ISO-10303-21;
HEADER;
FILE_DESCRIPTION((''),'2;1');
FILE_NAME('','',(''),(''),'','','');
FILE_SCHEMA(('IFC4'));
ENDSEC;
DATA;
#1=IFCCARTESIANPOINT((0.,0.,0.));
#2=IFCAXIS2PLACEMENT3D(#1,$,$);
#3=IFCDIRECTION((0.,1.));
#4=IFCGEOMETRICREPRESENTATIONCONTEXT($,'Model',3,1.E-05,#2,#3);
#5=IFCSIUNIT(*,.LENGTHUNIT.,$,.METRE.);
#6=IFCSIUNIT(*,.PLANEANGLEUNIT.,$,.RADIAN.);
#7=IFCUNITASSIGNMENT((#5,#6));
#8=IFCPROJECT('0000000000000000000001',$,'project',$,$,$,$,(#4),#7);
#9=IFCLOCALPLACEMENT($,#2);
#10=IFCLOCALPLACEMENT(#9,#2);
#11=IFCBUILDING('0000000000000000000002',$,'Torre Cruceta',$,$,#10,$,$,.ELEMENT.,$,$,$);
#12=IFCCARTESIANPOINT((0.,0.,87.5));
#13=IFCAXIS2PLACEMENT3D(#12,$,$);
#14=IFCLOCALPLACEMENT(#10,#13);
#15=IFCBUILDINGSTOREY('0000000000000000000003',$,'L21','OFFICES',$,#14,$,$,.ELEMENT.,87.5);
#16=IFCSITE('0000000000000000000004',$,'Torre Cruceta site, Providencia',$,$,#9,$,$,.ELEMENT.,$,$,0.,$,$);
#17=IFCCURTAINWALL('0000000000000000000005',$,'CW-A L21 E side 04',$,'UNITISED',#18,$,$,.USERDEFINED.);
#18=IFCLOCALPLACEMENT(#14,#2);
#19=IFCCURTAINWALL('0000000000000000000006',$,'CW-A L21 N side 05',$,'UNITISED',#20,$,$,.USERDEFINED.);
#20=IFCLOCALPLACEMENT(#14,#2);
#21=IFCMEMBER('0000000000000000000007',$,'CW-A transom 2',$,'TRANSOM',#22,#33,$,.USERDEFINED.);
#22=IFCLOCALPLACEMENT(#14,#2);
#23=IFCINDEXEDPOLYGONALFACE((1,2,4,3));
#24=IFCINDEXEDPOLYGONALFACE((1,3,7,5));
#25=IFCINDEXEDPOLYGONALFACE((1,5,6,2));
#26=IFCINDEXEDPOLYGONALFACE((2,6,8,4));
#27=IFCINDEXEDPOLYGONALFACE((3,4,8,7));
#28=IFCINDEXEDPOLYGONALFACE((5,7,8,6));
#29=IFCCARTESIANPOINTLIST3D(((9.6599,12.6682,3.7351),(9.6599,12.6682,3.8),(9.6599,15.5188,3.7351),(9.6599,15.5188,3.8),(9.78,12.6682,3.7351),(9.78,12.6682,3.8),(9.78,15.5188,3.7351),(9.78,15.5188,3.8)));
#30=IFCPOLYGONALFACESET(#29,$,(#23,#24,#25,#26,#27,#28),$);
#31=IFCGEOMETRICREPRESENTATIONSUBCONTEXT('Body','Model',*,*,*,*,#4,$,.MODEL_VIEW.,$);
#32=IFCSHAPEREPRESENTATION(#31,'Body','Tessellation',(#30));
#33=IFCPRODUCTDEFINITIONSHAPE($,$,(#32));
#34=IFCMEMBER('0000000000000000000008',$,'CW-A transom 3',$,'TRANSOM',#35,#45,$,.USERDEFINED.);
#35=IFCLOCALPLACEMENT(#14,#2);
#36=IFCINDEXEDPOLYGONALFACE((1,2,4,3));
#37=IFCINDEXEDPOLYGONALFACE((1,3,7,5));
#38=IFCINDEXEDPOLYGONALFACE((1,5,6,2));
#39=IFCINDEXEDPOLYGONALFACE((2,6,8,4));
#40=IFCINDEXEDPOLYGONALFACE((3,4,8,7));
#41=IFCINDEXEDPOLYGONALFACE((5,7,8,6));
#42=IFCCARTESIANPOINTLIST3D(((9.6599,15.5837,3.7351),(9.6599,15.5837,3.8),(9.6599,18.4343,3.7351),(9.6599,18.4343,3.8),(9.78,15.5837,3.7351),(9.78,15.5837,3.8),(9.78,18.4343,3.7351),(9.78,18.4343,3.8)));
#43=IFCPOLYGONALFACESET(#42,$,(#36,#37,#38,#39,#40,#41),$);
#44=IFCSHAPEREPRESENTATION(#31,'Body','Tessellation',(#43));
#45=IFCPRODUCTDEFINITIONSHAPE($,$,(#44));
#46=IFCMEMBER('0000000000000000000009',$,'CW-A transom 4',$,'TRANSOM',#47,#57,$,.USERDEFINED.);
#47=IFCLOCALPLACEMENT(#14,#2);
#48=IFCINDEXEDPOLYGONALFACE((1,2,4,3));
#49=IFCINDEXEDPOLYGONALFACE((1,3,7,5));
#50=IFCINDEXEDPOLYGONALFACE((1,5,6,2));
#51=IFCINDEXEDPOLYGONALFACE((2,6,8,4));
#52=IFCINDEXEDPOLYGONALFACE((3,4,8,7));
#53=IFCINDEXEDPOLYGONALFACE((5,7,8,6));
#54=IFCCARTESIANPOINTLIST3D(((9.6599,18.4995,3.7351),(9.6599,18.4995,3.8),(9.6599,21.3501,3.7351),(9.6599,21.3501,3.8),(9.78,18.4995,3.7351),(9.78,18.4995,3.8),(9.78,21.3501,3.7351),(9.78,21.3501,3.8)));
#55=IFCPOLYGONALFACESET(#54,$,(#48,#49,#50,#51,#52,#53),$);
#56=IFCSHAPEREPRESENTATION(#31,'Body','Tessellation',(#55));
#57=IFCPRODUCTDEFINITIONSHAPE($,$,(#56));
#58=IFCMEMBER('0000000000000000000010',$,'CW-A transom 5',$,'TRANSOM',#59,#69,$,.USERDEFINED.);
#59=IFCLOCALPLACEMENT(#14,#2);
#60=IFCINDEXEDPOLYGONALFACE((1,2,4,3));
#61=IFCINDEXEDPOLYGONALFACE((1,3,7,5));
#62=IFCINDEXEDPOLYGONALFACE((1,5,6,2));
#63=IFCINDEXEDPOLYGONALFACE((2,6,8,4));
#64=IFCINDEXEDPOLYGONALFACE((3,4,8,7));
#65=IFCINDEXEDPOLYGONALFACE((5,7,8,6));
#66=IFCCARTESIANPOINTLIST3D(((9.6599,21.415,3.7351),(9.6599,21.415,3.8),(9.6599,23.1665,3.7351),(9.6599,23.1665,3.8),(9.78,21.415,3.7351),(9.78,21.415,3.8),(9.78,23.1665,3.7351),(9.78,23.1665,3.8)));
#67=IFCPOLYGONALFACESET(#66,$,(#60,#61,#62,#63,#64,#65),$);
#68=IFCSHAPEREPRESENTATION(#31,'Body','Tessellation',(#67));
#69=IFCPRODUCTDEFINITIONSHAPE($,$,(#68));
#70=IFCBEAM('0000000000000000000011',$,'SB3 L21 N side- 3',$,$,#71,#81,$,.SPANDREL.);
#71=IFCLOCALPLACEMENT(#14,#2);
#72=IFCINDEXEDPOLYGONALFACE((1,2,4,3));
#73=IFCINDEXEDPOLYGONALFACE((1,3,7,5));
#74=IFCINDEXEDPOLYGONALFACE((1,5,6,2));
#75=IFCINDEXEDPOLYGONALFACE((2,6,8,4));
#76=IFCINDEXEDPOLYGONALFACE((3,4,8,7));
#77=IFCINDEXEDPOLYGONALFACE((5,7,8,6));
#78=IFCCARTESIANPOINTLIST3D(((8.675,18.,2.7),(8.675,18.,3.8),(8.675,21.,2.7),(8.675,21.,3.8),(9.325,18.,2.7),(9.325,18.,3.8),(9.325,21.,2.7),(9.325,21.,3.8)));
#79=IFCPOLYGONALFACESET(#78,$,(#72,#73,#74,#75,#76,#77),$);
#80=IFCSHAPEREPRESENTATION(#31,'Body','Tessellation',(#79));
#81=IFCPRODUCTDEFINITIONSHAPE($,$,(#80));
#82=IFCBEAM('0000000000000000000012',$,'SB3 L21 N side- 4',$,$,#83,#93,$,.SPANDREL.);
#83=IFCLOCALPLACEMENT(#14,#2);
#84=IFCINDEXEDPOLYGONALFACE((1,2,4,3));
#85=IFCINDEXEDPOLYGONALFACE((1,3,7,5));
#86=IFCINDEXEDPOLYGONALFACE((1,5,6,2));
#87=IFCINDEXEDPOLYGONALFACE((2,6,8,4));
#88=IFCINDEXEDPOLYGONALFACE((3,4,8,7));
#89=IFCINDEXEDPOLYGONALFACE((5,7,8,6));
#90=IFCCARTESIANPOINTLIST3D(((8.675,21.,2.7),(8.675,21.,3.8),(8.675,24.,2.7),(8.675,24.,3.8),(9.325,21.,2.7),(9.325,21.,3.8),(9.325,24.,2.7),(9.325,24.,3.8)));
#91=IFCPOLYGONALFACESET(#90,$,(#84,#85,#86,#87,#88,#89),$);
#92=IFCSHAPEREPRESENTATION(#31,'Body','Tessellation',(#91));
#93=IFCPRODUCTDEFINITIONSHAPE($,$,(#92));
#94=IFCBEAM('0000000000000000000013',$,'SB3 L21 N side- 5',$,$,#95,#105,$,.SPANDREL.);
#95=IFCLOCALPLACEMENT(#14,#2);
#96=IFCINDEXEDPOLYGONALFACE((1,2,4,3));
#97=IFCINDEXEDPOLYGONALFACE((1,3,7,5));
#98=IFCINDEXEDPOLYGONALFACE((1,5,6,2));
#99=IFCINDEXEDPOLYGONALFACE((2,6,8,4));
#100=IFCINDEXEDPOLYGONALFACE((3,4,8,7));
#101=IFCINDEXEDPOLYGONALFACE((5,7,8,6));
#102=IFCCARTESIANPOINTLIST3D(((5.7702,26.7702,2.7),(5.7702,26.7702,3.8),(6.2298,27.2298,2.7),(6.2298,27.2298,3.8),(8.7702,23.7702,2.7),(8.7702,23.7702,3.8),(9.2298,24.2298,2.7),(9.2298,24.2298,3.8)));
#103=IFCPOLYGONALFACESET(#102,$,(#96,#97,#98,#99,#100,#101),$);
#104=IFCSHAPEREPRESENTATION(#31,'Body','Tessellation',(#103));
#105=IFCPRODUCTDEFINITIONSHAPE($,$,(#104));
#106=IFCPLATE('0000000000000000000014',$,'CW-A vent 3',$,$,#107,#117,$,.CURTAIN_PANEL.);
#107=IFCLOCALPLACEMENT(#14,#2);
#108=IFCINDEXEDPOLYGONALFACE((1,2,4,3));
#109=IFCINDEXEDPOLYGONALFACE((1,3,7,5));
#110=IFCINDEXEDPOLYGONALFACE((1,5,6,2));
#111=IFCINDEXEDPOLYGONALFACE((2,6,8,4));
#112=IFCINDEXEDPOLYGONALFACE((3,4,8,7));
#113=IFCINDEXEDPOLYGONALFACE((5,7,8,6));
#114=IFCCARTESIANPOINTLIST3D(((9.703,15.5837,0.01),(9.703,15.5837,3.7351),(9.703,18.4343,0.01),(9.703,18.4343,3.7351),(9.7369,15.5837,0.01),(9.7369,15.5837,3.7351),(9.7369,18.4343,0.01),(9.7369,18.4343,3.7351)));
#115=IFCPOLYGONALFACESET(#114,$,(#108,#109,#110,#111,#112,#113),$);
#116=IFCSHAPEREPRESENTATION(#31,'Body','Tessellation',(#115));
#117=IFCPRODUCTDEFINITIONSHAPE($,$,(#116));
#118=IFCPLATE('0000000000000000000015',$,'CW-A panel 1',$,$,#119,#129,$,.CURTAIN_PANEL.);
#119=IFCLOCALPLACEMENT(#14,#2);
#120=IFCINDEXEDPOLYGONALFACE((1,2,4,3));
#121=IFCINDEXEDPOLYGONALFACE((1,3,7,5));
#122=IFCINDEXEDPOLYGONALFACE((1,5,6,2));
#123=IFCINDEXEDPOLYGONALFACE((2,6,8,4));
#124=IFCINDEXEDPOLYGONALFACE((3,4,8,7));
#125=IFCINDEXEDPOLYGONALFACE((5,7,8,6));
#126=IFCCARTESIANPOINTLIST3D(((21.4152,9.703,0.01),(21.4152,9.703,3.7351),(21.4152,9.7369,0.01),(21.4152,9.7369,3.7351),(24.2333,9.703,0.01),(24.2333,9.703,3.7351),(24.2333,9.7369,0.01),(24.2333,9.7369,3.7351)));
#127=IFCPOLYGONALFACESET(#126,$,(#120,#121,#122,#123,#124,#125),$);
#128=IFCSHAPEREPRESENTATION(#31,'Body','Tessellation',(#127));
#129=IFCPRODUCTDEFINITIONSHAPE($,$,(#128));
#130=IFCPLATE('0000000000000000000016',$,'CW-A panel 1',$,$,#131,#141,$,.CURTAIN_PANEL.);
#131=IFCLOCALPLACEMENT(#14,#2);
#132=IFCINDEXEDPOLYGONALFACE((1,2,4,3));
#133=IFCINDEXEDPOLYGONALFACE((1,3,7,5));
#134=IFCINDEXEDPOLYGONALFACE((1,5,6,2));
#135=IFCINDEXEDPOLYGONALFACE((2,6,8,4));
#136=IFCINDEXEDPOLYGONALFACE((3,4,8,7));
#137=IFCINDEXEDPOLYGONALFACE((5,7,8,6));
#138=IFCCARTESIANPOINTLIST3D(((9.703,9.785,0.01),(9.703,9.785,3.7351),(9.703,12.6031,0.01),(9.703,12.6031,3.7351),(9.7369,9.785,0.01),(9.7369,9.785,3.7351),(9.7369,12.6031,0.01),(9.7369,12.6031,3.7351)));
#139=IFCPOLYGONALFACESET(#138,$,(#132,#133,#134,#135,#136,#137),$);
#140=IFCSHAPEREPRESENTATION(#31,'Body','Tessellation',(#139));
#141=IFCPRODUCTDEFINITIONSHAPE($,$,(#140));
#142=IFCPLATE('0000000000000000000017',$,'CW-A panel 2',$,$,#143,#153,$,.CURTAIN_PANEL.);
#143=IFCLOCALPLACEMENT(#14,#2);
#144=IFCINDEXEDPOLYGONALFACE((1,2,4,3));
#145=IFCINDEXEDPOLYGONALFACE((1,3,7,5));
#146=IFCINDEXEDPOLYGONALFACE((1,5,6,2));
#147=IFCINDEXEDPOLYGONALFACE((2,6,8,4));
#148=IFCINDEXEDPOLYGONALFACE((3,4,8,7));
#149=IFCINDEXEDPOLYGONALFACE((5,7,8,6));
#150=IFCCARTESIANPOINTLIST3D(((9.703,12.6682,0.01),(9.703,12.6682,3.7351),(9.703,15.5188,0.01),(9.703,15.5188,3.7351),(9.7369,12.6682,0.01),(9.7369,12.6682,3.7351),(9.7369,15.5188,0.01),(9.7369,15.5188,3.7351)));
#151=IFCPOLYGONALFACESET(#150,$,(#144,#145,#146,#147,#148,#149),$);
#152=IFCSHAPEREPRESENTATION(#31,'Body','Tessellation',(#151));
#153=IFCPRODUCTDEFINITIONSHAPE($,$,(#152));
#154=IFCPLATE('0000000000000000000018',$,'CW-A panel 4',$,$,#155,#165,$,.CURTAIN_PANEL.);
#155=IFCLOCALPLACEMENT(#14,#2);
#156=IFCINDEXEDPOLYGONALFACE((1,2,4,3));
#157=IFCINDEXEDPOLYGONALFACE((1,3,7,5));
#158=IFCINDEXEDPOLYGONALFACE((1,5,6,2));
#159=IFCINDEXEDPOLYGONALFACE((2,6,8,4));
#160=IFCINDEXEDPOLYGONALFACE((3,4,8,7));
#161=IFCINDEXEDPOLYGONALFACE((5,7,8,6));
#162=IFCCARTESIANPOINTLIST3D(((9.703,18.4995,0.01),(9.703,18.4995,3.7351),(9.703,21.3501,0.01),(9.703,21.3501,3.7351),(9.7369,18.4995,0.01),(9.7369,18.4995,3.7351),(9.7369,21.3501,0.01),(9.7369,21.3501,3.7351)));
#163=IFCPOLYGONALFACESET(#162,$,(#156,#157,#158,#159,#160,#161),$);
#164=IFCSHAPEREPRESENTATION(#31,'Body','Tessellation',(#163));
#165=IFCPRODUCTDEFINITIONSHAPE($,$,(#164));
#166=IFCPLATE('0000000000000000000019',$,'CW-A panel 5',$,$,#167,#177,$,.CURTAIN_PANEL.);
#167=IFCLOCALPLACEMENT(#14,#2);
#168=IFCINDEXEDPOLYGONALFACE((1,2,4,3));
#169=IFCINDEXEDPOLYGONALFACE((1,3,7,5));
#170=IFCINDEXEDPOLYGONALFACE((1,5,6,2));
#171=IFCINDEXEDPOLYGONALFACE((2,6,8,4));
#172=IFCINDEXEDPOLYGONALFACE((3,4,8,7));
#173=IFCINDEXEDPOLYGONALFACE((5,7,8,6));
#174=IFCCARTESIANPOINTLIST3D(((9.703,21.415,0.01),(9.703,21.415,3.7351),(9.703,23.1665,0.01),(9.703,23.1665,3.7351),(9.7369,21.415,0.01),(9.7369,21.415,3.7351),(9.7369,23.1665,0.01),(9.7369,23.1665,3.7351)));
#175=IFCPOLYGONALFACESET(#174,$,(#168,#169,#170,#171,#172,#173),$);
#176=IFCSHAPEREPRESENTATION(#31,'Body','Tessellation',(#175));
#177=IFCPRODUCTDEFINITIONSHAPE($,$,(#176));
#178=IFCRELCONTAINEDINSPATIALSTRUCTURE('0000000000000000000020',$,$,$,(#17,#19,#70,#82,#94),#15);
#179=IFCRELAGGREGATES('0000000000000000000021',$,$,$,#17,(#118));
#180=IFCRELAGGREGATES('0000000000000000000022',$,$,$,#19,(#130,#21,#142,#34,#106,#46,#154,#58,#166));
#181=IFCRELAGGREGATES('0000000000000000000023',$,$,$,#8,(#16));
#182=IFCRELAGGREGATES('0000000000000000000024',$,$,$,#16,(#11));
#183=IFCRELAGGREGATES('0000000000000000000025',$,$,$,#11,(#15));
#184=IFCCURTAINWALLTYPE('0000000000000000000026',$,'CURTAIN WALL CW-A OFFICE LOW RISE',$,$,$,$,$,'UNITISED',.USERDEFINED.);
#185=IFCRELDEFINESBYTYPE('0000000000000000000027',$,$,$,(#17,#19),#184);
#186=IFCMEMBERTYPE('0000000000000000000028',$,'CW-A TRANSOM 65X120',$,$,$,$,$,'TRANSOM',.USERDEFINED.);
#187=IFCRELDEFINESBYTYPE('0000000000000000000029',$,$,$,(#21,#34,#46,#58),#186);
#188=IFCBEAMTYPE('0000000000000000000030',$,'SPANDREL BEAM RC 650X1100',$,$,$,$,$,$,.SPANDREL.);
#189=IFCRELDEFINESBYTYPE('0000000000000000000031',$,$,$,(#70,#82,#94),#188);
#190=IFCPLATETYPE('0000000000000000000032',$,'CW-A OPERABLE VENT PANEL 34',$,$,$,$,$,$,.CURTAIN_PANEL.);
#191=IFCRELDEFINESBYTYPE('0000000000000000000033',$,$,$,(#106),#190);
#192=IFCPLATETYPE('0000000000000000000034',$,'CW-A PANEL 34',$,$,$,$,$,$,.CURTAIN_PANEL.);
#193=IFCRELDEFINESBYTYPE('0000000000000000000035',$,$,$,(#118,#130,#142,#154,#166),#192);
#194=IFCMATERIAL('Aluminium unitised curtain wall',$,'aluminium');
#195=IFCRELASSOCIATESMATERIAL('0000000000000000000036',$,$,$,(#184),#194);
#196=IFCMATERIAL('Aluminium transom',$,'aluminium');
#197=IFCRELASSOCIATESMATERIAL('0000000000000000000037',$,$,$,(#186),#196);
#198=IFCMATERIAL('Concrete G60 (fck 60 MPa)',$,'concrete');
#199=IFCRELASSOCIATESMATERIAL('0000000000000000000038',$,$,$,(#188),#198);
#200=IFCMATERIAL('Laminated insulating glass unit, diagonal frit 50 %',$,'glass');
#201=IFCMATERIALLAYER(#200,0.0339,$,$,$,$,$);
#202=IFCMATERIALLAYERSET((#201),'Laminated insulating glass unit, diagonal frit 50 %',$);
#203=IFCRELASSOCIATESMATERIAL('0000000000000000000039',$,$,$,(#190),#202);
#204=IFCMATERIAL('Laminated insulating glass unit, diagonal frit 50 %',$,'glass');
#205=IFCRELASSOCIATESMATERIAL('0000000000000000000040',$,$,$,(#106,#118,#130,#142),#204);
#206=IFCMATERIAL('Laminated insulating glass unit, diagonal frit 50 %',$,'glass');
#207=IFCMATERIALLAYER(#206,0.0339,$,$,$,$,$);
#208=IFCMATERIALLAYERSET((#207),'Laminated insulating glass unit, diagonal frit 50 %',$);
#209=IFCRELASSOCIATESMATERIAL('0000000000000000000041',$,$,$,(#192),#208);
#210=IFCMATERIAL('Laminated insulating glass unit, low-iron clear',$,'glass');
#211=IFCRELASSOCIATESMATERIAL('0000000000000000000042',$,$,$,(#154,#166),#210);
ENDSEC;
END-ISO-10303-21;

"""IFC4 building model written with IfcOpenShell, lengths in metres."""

from ifc_helpers import new_model, si_unit, direction, frame, origin, origin_2d, place, context, subcontext, project, spatial, rectangle, extrude, material, layer, layer_set, material_profile, profile_set, type_object, element, aggregate, save


model = new_model("IFC4")

# Units and contexts
model_context = context("Model", 3, precision=1e-05, world=origin(), true_north=direction((0.0, 1.0)))
body_context = subcontext(model_context, "Body", "Model", "MODEL_VIEW")
ifc_project = project(units=[si_unit("LENGTHUNIT", "METRE"), si_unit("PLANEANGLEUNIT", "RADIAN")], contexts=[model_context])

# Site, building, storey
site_placement = place(None, origin())
site = spatial("IfcSite", under=ifc_project, at=site_placement, Name="Torre Cruceta site, Providencia", CompositionType="ELEMENT", RefElevation=0.0)
building_placement = place(site_placement, origin())
building = spatial("IfcBuilding", under=site, at=building_placement, Name="Torre Cruceta", CompositionType="ELEMENT")
storey_placement = place(building_placement, frame((0.0, 0.0, 87.5)))
storey = spatial("IfcBuildingStorey", under=building, at=storey_placement, Name="L21", Description="OFFICES", CompositionType="ELEMENT", Elevation=87.5)

# Curtain walls
ifc_material_1 = material(Name="Aluminium unitised curtain wall", Category="aluminium")
curtain_wall_type = type_object("IfcCurtainWallType", Name="CURTAIN WALL CW-A OFFICE LOW RISE", ElementType="UNITISED", PredefinedType="USERDEFINED", material=ifc_material_1)
curtain_wall_1_placement = place(storey_placement, origin())
curtain_wall_1 = element("IfcCurtainWall", 1, at=curtain_wall_1_placement, inside=storey, type_object=curtain_wall_type, Name="CW-A L21 E side 04", ObjectType="UNITISED", PredefinedType="USERDEFINED")
curtain_wall_2_placement = place(storey_placement, origin())
curtain_wall_2 = element("IfcCurtainWall", 2, at=curtain_wall_2_placement, inside=storey, type_object=curtain_wall_type, Name="CW-A L21 N side 05", ObjectType="UNITISED", PredefinedType="USERDEFINED")

# Members
ifc_material_2 = material(Name="Aluminium transom", Category="aluminium")
ifc_material_profile_1 = material_profile(ifc_material_2, rectangle(XDim=0.1201, YDim=0.0649, at=origin_2d()), Name="AL 120X65")
ifc_profile_set_1 = profile_set([ifc_material_profile_1], Name="Aluminium transom")
member_type_1 = type_object("IfcMemberType", Name="CW-A TRANSOM 65X120", ElementType="TRANSOM", PredefinedType="USERDEFINED", material=ifc_profile_set_1)
member_1_placement = place(storey_placement, frame((9.72, 12.6682, 3.7676), z_axis=(0.0, 1.0, 0.0), x_axis=(-1.0, 0.0, 0.0)))
member_1 = element("IfcMember", 3, at=member_1_placement, type_object=member_type_1, Name="CW-A transom 2", ObjectType="TRANSOM", PredefinedType="USERDEFINED", context=body_context, shape_type="SweptSolid", body=[
    extrude(rectangle(XDim=0.1201, YDim=0.0649, at=origin_2d()), origin(), (0.0, 0.0, 1.0), 2.8506),
])
member_2_placement = place(storey_placement, frame((9.72, 15.5837, 3.7676), z_axis=(0.0, 1.0, 0.0), x_axis=(-1.0, 0.0, 0.0)))
member_2 = element("IfcMember", 4, at=member_2_placement, type_object=member_type_1, Name="CW-A transom 3", ObjectType="TRANSOM", PredefinedType="USERDEFINED", context=body_context, shape_type="SweptSolid", body=[
    extrude(rectangle(XDim=0.1201, YDim=0.0649, at=origin_2d()), origin(), (0.0, 0.0, 1.0), 2.8506),
])
member_3_placement = place(storey_placement, frame((9.72, 18.4995, 3.7676), z_axis=(0.0, 1.0, 0.0), x_axis=(-1.0, 0.0, 0.0)))
member_3 = element("IfcMember", 5, at=member_3_placement, type_object=member_type_1, Name="CW-A transom 4", ObjectType="TRANSOM", PredefinedType="USERDEFINED", context=body_context, shape_type="SweptSolid", body=[
    extrude(rectangle(XDim=0.1201, YDim=0.0649, at=origin_2d()), origin(), (0.0, 0.0, 1.0), 2.8506),
])
member_4_placement = place(storey_placement, frame((9.72, 21.415, 3.7676), z_axis=(0.0, 1.0, 0.0), x_axis=(-1.0, 0.0, 0.0)))
member_4 = element("IfcMember", 6, at=member_4_placement, type_object=member_type_1, Name="CW-A transom 5", ObjectType="TRANSOM", PredefinedType="USERDEFINED", context=body_context, shape_type="SweptSolid", body=[
    extrude(rectangle(XDim=0.1201, YDim=0.0649, at=origin_2d()), origin(), (0.0, 0.0, 1.0), 1.7515),
])

# Beams
ifc_material_3 = material(Name="Concrete G60 (fck 60 MPa)", Category="concrete")
ifc_material_profile_2 = material_profile(ifc_material_3, rectangle(XDim=0.6499, YDim=1.1001, at=origin_2d()), Name="RC 650X1100")
ifc_profile_set_2 = profile_set([ifc_material_profile_2], Name="Concrete G60 (fck 60 MPa)")
beam_type_1 = type_object("IfcBeamType", Name="SPANDREL BEAM RC 650X1100", PredefinedType="SPANDREL", material=ifc_profile_set_2)
for number, where, z_axis, x_axis, name in (
    (7, (9.0, 18.0, 3.25), (0.0, 1.0, 0.0), (-1.0, 0.0, 0.0), "SB3 L21 N side- 3"),
    (8, (9.0, 21.0, 3.25), (0.0, 1.0, 0.0), (-1.0, 0.0, 0.0), "SB3 L21 N side- 4"),
):
    element("IfcBeam", number, at=place(storey_placement, frame(where, z_axis=z_axis, x_axis=x_axis)), inside=storey, type_object=beam_type_1, Name=name, PredefinedType="SPANDREL", context=body_context, shape_type="SweptSolid", body=[
        extrude(rectangle(XDim=0.6499, YDim=1.1001, at=origin_2d()), origin(), (0.0, 0.0, 1.0), 3.0),
    ])
beam_placement = place(storey_placement, frame((9.0, 24.0, 3.25), z_axis=(-0.707107, 0.707107, 0.0), x_axis=(-0.707107, -0.707107, 0.0)))
element("IfcBeam", 9, at=beam_placement, inside=storey, type_object=beam_type_1, Name="SB3 L21 N side- 5", PredefinedType="SPANDREL", context=body_context, shape_type="SweptSolid", body=[
    extrude(rectangle(XDim=0.6499, YDim=1.1001, at=origin_2d()), origin(), (0.0, 0.0, 1.0), 4.2427),
])

# Plates
ifc_material_4 = material(Name="Laminated insulating glass unit, diagonal frit 50 %", Category="glass")
ifc_material_5 = material(Name="Laminated insulating glass unit, diagonal frit 50 %", Category="glass")
ifc_layer_1 = layer(ifc_material_5, 0.0339)
ifc_layer_set_1 = layer_set([ifc_layer_1], Name="Laminated insulating glass unit, diagonal frit 50 %")
plate_type_1 = type_object("IfcPlateType", Name="CW-A OPERABLE VENT PANEL 34", PredefinedType="CURTAIN_PANEL", material=ifc_layer_set_1)
plate_1_placement = place(storey_placement, frame((9.72, 17.009, 0.01), z_axis=(0.0, 0.0, 1.0), x_axis=(0.0, 1.0, 0.0)))
plate_1 = element("IfcPlate", 10, at=plate_1_placement, type_object=plate_type_1, material=ifc_material_4, Name="CW-A vent 3", PredefinedType="CURTAIN_PANEL", context=body_context, shape_type="SweptSolid", body=[
    extrude(rectangle(XDim=2.8506, YDim=0.0339, at=origin_2d()), origin(), (0.0, 0.0, 1.0), 3.7251),
])
ifc_material_6 = material(Name="Laminated insulating glass unit, diagonal frit 50 %", Category="glass")
ifc_layer_2 = layer(ifc_material_6, 0.0339)
ifc_layer_set_2 = layer_set([ifc_layer_2], Name="Laminated insulating glass unit, diagonal frit 50 %")
plate_type_2 = type_object("IfcPlateType", Name="CW-A PANEL 34", PredefinedType="CURTAIN_PANEL", material=ifc_layer_set_2)
plate_2_placement = place(storey_placement, frame((22.8242, 9.72, 0.01), z_axis=(0.0, 0.0, 1.0), x_axis=(-1.0, 0.0, 0.0)))
plate_2 = element("IfcPlate", 11, at=plate_2_placement, type_object=plate_type_2, material=ifc_material_4, Name="CW-A panel 1", PredefinedType="CURTAIN_PANEL", context=body_context, shape_type="SweptSolid", body=[
    extrude(rectangle(XDim=2.8181, YDim=0.0339, at=origin_2d()), origin(), (0.0, 0.0, 1.0), 3.7251),
])
aggregate(curtain_wall_1, [plate_2])
plate_3_placement = place(storey_placement, frame((9.72, 11.1941, 0.01), z_axis=(0.0, 0.0, 1.0), x_axis=(0.0, 1.0, 0.0)))
plate_3 = element("IfcPlate", 12, at=plate_3_placement, type_object=plate_type_2, material=ifc_material_4, Name="CW-A panel 1", PredefinedType="CURTAIN_PANEL", context=body_context, shape_type="SweptSolid", body=[
    extrude(rectangle(XDim=2.8181, YDim=0.0339, at=origin_2d()), origin(), (0.0, 0.0, 1.0), 3.7251),
])
plate_4_placement = place(storey_placement, frame((9.72, 14.0935, 0.01), z_axis=(0.0, 0.0, 1.0), x_axis=(0.0, 1.0, 0.0)))
plate_4 = element("IfcPlate", 13, at=plate_4_placement, type_object=plate_type_2, material=ifc_material_4, Name="CW-A panel 2", PredefinedType="CURTAIN_PANEL", context=body_context, shape_type="SweptSolid", body=[
    extrude(rectangle(XDim=2.8506, YDim=0.0339, at=origin_2d()), origin(), (0.0, 0.0, 1.0), 3.7251),
])
ifc_material_7 = material(Name="Laminated insulating glass unit, low-iron clear", Category="glass")
plate_5_placement = place(storey_placement, frame((9.72, 19.9248, 0.01), z_axis=(0.0, 0.0, 1.0), x_axis=(0.0, 1.0, 0.0)))
plate_5 = element("IfcPlate", 14, at=plate_5_placement, type_object=plate_type_2, material=ifc_material_7, Name="CW-A panel 4", PredefinedType="CURTAIN_PANEL", context=body_context, shape_type="SweptSolid", body=[
    extrude(rectangle(XDim=2.8506, YDim=0.0339, at=origin_2d()), origin(), (0.0, 0.0, 1.0), 3.7251),
])
plate_6_placement = place(storey_placement, frame((9.72, 22.2908, 0.01), z_axis=(0.0, 0.0, 1.0), x_axis=(0.0, 1.0, 0.0)))
plate_6 = element("IfcPlate", 15, at=plate_6_placement, type_object=plate_type_2, material=ifc_material_7, Name="CW-A panel 5", PredefinedType="CURTAIN_PANEL", context=body_context, shape_type="SweptSolid", body=[
    extrude(rectangle(XDim=1.7515, YDim=0.0339, at=origin_2d()), origin(), (0.0, 0.0, 1.0), 3.7251),
])
aggregate(curtain_wall_2, [plate_3, member_1, plate_4, member_2, plate_1, member_3, plate_5, member_4, plate_6])

save(model, "model.ifc")
